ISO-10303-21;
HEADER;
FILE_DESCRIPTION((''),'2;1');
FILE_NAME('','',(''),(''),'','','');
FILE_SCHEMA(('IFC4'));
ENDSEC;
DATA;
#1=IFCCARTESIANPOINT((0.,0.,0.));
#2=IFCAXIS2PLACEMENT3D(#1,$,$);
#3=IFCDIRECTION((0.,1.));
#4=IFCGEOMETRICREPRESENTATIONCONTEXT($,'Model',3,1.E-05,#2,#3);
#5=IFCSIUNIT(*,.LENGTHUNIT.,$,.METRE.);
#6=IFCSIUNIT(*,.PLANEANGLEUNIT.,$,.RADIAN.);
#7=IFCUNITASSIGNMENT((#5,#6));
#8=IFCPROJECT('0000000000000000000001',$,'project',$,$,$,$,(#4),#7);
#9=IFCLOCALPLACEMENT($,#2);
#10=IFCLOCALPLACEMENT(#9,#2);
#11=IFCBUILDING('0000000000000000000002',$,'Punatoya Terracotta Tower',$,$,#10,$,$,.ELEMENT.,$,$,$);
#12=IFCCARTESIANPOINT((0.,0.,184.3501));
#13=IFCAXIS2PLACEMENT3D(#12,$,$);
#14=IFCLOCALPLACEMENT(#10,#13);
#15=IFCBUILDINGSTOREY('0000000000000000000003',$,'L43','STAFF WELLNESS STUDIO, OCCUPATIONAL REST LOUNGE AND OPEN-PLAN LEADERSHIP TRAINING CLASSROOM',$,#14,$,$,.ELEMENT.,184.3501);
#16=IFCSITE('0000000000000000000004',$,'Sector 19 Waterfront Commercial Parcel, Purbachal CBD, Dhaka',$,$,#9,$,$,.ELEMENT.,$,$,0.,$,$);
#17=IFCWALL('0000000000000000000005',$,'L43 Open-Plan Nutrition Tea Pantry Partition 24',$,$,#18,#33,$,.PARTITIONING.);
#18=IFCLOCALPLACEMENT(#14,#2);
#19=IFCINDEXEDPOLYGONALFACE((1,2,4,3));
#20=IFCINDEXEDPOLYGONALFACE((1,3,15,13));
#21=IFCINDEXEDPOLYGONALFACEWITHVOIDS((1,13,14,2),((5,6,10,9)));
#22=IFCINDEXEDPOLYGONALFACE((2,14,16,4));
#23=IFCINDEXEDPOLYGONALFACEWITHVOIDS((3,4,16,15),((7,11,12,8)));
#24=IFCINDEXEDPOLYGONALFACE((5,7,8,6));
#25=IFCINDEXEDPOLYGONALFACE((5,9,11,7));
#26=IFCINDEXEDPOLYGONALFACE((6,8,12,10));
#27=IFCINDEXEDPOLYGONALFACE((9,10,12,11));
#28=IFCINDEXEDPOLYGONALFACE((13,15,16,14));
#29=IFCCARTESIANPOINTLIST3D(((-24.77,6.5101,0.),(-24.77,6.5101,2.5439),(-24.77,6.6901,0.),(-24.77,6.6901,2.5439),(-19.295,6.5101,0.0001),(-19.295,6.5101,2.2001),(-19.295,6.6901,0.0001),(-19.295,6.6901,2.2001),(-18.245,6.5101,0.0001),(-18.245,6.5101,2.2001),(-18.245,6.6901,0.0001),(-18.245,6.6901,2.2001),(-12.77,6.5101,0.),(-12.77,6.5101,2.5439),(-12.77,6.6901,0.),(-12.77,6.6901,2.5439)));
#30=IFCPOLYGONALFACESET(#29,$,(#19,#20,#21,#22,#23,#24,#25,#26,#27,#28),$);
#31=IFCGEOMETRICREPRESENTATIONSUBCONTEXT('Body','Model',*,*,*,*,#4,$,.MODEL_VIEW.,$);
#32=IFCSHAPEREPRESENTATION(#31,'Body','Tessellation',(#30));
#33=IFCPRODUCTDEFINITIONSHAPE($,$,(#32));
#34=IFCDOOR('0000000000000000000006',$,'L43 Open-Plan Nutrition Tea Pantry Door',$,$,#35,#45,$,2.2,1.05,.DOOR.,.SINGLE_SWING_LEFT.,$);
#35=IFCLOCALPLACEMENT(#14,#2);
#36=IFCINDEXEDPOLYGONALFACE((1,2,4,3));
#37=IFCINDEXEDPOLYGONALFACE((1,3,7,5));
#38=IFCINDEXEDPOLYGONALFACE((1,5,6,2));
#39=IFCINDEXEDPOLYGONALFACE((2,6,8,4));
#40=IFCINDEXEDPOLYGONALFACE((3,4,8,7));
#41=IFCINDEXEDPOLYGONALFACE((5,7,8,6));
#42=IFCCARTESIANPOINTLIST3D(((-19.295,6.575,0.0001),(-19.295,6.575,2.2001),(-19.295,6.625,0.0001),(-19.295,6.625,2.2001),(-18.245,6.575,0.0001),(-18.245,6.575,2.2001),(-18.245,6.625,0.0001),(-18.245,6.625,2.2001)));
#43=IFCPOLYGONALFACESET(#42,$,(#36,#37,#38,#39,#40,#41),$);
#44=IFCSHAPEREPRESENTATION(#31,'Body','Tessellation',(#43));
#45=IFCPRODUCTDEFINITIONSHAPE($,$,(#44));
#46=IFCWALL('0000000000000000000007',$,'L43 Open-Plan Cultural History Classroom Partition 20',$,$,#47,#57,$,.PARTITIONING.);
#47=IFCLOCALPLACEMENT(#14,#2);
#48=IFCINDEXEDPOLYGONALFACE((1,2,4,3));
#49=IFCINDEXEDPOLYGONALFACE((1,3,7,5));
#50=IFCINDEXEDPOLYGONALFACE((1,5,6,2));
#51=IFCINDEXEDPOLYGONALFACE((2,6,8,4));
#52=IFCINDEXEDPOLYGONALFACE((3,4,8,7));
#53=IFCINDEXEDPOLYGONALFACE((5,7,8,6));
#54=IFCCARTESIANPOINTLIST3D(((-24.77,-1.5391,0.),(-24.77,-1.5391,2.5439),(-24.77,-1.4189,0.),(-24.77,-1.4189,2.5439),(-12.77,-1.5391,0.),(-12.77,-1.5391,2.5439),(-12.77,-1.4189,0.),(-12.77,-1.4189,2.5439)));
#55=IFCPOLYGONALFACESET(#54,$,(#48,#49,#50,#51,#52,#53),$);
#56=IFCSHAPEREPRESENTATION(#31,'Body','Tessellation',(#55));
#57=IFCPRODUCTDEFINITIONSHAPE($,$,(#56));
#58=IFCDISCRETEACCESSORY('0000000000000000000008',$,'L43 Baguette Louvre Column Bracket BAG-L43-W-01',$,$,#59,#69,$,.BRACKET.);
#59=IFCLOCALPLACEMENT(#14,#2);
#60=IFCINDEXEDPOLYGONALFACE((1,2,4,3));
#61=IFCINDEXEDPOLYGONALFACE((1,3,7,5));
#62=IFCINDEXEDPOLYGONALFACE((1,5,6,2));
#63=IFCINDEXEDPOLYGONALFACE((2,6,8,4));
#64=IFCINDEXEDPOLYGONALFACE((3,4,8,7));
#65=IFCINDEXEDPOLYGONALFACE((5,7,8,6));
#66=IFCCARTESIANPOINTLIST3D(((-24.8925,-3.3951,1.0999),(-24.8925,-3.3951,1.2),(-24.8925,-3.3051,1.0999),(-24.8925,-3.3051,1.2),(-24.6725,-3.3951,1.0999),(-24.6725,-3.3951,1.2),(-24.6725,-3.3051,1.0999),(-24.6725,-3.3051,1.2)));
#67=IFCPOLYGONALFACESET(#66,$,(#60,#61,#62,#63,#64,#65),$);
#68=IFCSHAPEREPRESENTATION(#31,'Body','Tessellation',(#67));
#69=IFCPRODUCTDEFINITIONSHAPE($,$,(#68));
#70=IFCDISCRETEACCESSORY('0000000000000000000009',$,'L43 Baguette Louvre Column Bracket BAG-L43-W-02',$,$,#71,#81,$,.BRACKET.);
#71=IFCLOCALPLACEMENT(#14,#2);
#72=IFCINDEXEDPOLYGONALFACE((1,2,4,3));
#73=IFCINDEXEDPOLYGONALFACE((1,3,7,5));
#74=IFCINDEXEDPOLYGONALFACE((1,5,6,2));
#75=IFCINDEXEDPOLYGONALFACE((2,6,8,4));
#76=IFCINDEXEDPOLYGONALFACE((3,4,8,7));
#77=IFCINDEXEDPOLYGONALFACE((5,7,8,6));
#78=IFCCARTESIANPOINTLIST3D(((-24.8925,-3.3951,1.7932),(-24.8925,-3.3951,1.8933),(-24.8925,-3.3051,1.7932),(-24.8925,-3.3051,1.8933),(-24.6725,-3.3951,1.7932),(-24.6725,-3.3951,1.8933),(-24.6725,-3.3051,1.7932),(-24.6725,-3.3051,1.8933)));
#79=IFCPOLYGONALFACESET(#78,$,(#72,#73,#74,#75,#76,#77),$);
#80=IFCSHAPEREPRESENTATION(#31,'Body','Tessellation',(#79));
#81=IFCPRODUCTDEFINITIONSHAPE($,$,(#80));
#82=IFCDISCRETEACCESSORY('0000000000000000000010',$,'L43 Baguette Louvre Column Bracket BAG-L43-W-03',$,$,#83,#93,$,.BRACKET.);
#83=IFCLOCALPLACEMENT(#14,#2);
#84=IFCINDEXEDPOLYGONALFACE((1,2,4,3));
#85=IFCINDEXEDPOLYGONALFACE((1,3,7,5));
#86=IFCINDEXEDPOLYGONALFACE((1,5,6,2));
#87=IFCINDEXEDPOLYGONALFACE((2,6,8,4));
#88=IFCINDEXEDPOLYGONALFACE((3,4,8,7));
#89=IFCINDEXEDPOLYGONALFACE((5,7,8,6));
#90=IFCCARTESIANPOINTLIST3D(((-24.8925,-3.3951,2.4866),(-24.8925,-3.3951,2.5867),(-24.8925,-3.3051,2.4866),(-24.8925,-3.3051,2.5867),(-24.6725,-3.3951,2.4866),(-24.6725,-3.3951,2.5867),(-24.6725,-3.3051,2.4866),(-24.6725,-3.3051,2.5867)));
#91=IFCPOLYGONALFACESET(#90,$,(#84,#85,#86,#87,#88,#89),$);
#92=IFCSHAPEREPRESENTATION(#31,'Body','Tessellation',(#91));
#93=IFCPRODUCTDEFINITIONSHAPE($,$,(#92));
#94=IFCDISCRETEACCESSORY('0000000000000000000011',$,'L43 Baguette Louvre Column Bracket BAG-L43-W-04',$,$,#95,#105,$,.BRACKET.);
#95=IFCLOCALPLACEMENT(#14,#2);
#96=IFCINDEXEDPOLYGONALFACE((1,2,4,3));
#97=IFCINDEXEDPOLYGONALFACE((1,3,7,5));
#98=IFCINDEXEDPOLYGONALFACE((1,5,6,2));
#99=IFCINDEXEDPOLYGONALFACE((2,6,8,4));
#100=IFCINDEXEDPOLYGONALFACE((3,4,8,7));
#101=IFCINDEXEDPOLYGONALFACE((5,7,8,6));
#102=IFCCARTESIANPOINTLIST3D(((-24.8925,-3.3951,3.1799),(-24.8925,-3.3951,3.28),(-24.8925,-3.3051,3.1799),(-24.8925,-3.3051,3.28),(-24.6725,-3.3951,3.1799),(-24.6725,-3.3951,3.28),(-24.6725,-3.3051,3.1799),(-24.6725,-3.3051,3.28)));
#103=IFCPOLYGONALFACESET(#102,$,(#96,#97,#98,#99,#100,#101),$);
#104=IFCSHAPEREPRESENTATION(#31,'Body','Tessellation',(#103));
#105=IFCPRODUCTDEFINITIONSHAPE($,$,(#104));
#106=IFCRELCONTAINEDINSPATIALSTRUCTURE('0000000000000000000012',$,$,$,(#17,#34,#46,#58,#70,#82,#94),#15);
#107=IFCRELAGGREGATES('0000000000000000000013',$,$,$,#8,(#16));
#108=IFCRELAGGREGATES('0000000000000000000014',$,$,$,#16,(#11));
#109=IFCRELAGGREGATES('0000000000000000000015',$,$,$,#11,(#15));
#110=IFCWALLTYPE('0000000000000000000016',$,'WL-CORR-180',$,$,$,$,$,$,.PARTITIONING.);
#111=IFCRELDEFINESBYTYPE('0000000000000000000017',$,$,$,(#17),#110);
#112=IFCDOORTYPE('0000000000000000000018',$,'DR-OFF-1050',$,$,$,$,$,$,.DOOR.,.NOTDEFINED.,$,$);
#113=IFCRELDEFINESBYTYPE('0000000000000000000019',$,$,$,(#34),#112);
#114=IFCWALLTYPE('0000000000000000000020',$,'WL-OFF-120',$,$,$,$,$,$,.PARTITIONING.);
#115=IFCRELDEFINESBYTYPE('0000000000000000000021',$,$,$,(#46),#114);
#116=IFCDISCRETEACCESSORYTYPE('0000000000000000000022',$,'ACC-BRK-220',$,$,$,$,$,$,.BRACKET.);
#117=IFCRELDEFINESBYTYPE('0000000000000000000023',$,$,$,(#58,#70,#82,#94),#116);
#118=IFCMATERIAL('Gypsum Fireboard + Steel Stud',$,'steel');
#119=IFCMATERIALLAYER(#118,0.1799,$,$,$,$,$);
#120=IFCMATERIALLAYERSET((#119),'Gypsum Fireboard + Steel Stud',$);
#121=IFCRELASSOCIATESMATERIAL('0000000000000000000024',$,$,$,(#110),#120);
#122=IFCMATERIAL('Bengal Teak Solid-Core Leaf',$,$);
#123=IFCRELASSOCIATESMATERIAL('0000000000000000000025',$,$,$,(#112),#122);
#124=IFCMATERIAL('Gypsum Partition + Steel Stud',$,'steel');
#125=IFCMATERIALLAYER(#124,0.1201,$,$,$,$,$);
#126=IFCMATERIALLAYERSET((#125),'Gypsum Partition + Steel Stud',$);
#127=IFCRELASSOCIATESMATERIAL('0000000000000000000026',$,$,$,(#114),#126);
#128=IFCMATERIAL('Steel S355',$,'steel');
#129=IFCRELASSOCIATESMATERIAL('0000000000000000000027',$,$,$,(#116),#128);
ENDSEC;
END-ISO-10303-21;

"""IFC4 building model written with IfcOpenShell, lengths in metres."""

from ifc_helpers import new_model, si_unit, direction, frame, frame_2d, origin, origin_2d, place, context, subcontext, project, spatial, rectangle, extrude, material, layer, layer_set, type_object, element, fill, save


model = new_model("IFC4")

# Units and contexts
model_context = context("Model", 3, precision=1e-05, world=origin(), true_north=direction((0.0, 1.0)))
body_context = subcontext(model_context, "Body", "Model", "MODEL_VIEW")
ifc_project = project(units=[si_unit("LENGTHUNIT", "METRE"), si_unit("PLANEANGLEUNIT", "RADIAN")], contexts=[model_context])

# Site, building, storey
site_placement = place(None, origin())
site = spatial("IfcSite", under=ifc_project, at=site_placement, Name="Sector 19 Waterfront Commercial Parcel, Purbachal CBD, Dhaka", CompositionType="ELEMENT", RefElevation=0.0)
building_placement = place(site_placement, origin())
building = spatial("IfcBuilding", under=site, at=building_placement, Name="Punatoya Terracotta Tower", CompositionType="ELEMENT")
storey_placement = place(building_placement, frame((0.0, 0.0, 184.3501)))
storey = spatial("IfcBuildingStorey", under=building, at=storey_placement, Name="L43", Description="STAFF WELLNESS STUDIO, OCCUPATIONAL REST LOUNGE AND OPEN-PLAN LEADERSHIP TRAINING CLASSROOM", CompositionType="ELEMENT", Elevation=184.3501)

# Shared definitions
ifc_material_1 = material(Name="Steel S355", Category="steel")

# Wall, opening, door
ifc_material_2 = material(Name="Gypsum Fireboard + Steel Stud", Category="steel")
ifc_layer_1 = layer(ifc_material_2, 0.1799)
ifc_layer_set_1 = layer_set([ifc_layer_1], Name="Gypsum Fireboard + Steel Stud")
wall_type_1 = type_object("IfcWallType", Name="WL-CORR-180", PredefinedType="PARTITIONING", material=ifc_layer_set_1)
wall_1_placement = place(storey_placement, frame((-24.77, 6.6001, 0.0), z_axis=(0.0, 0.0, 1.0), x_axis=(1.0, 0.0, 0.0)))
wall_1 = element("IfcWall", 1, at=wall_1_placement, inside=storey, type_object=wall_type_1, Name="L43 Open-Plan Nutrition Tea Pantry Partition 24", PredefinedType="PARTITIONING", context=body_context, shape_type="SweptSolid", body=[
    extrude(rectangle(XDim=12.0, YDim=0.1799, at=frame_2d((6.0, 0.0))), origin(), (0.0, 0.0, 1.0), 2.5439),
])
opening_placement = place(wall_1_placement, frame((5.4751, 0.0, 0.0)))
opening = element("IfcOpeningElement", 2, at=opening_placement, cuts=wall_1, PredefinedType="OPENING", context=body_context, shape_type="SweptSolid", body=[
    extrude(rectangle(XDim=1.05, YDim=2.2, at=frame_2d((0.5249, 1.1001))), frame((0.0, 0.0999, 0.0), z_axis=(0.0, -1.0, 0.0), x_axis=(1.0, 0.0, 0.0)), (0.0, 0.0, 1.0), 0.2),
])
ifc_material_3 = material(Name="Bengal Teak Solid-Core Leaf")
door_type = type_object("IfcDoorType", Name="DR-OFF-1050", OperationType="NOTDEFINED", PredefinedType="DOOR", material=ifc_material_3)
door_placement = place(opening_placement, origin())
door = element("IfcDoor", 3, at=door_placement, inside=storey, type_object=door_type, Name="L43 Open-Plan Nutrition Tea Pantry Door", OperationType="SINGLE_SWING_LEFT", OverallHeight=2.2, OverallWidth=1.05, PredefinedType="DOOR", context=body_context, shape_type="SweptSolid", body=[
    extrude(rectangle(XDim=1.05, YDim=2.2, at=frame_2d((0.5249, 1.1001))), frame((0.0, 0.0249, 0.0), z_axis=(0.0, -1.0, 0.0), x_axis=(1.0, 0.0, 0.0)), (0.0, 0.0, 1.0), 0.05),
])
fill(opening, door)

# Wall
ifc_material_4 = material(Name="Gypsum Partition + Steel Stud", Category="steel")
ifc_layer_2 = layer(ifc_material_4, 0.1201)
ifc_layer_set_2 = layer_set([ifc_layer_2], Name="Gypsum Partition + Steel Stud")
wall_type_2 = type_object("IfcWallType", Name="WL-OFF-120", PredefinedType="PARTITIONING", material=ifc_layer_set_2)
wall_2_placement = place(storey_placement, frame((-24.77, -1.479, 0.0), z_axis=(0.0, 0.0, 1.0), x_axis=(1.0, 0.0, 0.0)))
element("IfcWall", 4, at=wall_2_placement, inside=storey, type_object=wall_type_2, Name="L43 Open-Plan Cultural History Classroom Partition 20", PredefinedType="PARTITIONING", context=body_context, shape_type="SweptSolid", body=[
    extrude(rectangle(XDim=12.0, YDim=0.1201, at=frame_2d((6.0, 0.0))), origin(), (0.0, 0.0, 1.0), 2.5439),
])

# Discrete accessories
discrete_accessory_type = type_object("IfcDiscreteAccessoryType", Name="ACC-BRK-220", PredefinedType="BRACKET", material=ifc_material_1)
for number, where, z_axis, x_axis, name in (
    (5, (-24.7825, -3.3501, 1.0999), (0.0, 0.0, 1.0), (0.0, 1.0, 0.0), "L43 Baguette Louvre Column Bracket BAG-L43-W-01"),
    (6, (-24.7825, -3.3501, 1.7932), (0.0, 0.0, 1.0), (0.0, 1.0, 0.0), "L43 Baguette Louvre Column Bracket BAG-L43-W-02"),
    (7, (-24.7825, -3.3501, 2.4866), (0.0, 0.0, 1.0), (0.0, 1.0, 0.0), "L43 Baguette Louvre Column Bracket BAG-L43-W-03"),
    (8, (-24.7825, -3.3501, 3.1799), (0.0, 0.0, 1.0), (0.0, 1.0, 0.0), "L43 Baguette Louvre Column Bracket BAG-L43-W-04"),
):
    element("IfcDiscreteAccessory", number, at=place(storey_placement, frame(where, z_axis=z_axis, x_axis=x_axis)), inside=storey, type_object=discrete_accessory_type, Name=name, PredefinedType="BRACKET", context=body_context, shape_type="SweptSolid", body=[
        extrude(rectangle(XDim=0.0901, YDim=0.22, at=origin_2d()), origin(), (0.0, 0.0, 1.0), 0.1001),
    ])

save(model, "model.ifc")
